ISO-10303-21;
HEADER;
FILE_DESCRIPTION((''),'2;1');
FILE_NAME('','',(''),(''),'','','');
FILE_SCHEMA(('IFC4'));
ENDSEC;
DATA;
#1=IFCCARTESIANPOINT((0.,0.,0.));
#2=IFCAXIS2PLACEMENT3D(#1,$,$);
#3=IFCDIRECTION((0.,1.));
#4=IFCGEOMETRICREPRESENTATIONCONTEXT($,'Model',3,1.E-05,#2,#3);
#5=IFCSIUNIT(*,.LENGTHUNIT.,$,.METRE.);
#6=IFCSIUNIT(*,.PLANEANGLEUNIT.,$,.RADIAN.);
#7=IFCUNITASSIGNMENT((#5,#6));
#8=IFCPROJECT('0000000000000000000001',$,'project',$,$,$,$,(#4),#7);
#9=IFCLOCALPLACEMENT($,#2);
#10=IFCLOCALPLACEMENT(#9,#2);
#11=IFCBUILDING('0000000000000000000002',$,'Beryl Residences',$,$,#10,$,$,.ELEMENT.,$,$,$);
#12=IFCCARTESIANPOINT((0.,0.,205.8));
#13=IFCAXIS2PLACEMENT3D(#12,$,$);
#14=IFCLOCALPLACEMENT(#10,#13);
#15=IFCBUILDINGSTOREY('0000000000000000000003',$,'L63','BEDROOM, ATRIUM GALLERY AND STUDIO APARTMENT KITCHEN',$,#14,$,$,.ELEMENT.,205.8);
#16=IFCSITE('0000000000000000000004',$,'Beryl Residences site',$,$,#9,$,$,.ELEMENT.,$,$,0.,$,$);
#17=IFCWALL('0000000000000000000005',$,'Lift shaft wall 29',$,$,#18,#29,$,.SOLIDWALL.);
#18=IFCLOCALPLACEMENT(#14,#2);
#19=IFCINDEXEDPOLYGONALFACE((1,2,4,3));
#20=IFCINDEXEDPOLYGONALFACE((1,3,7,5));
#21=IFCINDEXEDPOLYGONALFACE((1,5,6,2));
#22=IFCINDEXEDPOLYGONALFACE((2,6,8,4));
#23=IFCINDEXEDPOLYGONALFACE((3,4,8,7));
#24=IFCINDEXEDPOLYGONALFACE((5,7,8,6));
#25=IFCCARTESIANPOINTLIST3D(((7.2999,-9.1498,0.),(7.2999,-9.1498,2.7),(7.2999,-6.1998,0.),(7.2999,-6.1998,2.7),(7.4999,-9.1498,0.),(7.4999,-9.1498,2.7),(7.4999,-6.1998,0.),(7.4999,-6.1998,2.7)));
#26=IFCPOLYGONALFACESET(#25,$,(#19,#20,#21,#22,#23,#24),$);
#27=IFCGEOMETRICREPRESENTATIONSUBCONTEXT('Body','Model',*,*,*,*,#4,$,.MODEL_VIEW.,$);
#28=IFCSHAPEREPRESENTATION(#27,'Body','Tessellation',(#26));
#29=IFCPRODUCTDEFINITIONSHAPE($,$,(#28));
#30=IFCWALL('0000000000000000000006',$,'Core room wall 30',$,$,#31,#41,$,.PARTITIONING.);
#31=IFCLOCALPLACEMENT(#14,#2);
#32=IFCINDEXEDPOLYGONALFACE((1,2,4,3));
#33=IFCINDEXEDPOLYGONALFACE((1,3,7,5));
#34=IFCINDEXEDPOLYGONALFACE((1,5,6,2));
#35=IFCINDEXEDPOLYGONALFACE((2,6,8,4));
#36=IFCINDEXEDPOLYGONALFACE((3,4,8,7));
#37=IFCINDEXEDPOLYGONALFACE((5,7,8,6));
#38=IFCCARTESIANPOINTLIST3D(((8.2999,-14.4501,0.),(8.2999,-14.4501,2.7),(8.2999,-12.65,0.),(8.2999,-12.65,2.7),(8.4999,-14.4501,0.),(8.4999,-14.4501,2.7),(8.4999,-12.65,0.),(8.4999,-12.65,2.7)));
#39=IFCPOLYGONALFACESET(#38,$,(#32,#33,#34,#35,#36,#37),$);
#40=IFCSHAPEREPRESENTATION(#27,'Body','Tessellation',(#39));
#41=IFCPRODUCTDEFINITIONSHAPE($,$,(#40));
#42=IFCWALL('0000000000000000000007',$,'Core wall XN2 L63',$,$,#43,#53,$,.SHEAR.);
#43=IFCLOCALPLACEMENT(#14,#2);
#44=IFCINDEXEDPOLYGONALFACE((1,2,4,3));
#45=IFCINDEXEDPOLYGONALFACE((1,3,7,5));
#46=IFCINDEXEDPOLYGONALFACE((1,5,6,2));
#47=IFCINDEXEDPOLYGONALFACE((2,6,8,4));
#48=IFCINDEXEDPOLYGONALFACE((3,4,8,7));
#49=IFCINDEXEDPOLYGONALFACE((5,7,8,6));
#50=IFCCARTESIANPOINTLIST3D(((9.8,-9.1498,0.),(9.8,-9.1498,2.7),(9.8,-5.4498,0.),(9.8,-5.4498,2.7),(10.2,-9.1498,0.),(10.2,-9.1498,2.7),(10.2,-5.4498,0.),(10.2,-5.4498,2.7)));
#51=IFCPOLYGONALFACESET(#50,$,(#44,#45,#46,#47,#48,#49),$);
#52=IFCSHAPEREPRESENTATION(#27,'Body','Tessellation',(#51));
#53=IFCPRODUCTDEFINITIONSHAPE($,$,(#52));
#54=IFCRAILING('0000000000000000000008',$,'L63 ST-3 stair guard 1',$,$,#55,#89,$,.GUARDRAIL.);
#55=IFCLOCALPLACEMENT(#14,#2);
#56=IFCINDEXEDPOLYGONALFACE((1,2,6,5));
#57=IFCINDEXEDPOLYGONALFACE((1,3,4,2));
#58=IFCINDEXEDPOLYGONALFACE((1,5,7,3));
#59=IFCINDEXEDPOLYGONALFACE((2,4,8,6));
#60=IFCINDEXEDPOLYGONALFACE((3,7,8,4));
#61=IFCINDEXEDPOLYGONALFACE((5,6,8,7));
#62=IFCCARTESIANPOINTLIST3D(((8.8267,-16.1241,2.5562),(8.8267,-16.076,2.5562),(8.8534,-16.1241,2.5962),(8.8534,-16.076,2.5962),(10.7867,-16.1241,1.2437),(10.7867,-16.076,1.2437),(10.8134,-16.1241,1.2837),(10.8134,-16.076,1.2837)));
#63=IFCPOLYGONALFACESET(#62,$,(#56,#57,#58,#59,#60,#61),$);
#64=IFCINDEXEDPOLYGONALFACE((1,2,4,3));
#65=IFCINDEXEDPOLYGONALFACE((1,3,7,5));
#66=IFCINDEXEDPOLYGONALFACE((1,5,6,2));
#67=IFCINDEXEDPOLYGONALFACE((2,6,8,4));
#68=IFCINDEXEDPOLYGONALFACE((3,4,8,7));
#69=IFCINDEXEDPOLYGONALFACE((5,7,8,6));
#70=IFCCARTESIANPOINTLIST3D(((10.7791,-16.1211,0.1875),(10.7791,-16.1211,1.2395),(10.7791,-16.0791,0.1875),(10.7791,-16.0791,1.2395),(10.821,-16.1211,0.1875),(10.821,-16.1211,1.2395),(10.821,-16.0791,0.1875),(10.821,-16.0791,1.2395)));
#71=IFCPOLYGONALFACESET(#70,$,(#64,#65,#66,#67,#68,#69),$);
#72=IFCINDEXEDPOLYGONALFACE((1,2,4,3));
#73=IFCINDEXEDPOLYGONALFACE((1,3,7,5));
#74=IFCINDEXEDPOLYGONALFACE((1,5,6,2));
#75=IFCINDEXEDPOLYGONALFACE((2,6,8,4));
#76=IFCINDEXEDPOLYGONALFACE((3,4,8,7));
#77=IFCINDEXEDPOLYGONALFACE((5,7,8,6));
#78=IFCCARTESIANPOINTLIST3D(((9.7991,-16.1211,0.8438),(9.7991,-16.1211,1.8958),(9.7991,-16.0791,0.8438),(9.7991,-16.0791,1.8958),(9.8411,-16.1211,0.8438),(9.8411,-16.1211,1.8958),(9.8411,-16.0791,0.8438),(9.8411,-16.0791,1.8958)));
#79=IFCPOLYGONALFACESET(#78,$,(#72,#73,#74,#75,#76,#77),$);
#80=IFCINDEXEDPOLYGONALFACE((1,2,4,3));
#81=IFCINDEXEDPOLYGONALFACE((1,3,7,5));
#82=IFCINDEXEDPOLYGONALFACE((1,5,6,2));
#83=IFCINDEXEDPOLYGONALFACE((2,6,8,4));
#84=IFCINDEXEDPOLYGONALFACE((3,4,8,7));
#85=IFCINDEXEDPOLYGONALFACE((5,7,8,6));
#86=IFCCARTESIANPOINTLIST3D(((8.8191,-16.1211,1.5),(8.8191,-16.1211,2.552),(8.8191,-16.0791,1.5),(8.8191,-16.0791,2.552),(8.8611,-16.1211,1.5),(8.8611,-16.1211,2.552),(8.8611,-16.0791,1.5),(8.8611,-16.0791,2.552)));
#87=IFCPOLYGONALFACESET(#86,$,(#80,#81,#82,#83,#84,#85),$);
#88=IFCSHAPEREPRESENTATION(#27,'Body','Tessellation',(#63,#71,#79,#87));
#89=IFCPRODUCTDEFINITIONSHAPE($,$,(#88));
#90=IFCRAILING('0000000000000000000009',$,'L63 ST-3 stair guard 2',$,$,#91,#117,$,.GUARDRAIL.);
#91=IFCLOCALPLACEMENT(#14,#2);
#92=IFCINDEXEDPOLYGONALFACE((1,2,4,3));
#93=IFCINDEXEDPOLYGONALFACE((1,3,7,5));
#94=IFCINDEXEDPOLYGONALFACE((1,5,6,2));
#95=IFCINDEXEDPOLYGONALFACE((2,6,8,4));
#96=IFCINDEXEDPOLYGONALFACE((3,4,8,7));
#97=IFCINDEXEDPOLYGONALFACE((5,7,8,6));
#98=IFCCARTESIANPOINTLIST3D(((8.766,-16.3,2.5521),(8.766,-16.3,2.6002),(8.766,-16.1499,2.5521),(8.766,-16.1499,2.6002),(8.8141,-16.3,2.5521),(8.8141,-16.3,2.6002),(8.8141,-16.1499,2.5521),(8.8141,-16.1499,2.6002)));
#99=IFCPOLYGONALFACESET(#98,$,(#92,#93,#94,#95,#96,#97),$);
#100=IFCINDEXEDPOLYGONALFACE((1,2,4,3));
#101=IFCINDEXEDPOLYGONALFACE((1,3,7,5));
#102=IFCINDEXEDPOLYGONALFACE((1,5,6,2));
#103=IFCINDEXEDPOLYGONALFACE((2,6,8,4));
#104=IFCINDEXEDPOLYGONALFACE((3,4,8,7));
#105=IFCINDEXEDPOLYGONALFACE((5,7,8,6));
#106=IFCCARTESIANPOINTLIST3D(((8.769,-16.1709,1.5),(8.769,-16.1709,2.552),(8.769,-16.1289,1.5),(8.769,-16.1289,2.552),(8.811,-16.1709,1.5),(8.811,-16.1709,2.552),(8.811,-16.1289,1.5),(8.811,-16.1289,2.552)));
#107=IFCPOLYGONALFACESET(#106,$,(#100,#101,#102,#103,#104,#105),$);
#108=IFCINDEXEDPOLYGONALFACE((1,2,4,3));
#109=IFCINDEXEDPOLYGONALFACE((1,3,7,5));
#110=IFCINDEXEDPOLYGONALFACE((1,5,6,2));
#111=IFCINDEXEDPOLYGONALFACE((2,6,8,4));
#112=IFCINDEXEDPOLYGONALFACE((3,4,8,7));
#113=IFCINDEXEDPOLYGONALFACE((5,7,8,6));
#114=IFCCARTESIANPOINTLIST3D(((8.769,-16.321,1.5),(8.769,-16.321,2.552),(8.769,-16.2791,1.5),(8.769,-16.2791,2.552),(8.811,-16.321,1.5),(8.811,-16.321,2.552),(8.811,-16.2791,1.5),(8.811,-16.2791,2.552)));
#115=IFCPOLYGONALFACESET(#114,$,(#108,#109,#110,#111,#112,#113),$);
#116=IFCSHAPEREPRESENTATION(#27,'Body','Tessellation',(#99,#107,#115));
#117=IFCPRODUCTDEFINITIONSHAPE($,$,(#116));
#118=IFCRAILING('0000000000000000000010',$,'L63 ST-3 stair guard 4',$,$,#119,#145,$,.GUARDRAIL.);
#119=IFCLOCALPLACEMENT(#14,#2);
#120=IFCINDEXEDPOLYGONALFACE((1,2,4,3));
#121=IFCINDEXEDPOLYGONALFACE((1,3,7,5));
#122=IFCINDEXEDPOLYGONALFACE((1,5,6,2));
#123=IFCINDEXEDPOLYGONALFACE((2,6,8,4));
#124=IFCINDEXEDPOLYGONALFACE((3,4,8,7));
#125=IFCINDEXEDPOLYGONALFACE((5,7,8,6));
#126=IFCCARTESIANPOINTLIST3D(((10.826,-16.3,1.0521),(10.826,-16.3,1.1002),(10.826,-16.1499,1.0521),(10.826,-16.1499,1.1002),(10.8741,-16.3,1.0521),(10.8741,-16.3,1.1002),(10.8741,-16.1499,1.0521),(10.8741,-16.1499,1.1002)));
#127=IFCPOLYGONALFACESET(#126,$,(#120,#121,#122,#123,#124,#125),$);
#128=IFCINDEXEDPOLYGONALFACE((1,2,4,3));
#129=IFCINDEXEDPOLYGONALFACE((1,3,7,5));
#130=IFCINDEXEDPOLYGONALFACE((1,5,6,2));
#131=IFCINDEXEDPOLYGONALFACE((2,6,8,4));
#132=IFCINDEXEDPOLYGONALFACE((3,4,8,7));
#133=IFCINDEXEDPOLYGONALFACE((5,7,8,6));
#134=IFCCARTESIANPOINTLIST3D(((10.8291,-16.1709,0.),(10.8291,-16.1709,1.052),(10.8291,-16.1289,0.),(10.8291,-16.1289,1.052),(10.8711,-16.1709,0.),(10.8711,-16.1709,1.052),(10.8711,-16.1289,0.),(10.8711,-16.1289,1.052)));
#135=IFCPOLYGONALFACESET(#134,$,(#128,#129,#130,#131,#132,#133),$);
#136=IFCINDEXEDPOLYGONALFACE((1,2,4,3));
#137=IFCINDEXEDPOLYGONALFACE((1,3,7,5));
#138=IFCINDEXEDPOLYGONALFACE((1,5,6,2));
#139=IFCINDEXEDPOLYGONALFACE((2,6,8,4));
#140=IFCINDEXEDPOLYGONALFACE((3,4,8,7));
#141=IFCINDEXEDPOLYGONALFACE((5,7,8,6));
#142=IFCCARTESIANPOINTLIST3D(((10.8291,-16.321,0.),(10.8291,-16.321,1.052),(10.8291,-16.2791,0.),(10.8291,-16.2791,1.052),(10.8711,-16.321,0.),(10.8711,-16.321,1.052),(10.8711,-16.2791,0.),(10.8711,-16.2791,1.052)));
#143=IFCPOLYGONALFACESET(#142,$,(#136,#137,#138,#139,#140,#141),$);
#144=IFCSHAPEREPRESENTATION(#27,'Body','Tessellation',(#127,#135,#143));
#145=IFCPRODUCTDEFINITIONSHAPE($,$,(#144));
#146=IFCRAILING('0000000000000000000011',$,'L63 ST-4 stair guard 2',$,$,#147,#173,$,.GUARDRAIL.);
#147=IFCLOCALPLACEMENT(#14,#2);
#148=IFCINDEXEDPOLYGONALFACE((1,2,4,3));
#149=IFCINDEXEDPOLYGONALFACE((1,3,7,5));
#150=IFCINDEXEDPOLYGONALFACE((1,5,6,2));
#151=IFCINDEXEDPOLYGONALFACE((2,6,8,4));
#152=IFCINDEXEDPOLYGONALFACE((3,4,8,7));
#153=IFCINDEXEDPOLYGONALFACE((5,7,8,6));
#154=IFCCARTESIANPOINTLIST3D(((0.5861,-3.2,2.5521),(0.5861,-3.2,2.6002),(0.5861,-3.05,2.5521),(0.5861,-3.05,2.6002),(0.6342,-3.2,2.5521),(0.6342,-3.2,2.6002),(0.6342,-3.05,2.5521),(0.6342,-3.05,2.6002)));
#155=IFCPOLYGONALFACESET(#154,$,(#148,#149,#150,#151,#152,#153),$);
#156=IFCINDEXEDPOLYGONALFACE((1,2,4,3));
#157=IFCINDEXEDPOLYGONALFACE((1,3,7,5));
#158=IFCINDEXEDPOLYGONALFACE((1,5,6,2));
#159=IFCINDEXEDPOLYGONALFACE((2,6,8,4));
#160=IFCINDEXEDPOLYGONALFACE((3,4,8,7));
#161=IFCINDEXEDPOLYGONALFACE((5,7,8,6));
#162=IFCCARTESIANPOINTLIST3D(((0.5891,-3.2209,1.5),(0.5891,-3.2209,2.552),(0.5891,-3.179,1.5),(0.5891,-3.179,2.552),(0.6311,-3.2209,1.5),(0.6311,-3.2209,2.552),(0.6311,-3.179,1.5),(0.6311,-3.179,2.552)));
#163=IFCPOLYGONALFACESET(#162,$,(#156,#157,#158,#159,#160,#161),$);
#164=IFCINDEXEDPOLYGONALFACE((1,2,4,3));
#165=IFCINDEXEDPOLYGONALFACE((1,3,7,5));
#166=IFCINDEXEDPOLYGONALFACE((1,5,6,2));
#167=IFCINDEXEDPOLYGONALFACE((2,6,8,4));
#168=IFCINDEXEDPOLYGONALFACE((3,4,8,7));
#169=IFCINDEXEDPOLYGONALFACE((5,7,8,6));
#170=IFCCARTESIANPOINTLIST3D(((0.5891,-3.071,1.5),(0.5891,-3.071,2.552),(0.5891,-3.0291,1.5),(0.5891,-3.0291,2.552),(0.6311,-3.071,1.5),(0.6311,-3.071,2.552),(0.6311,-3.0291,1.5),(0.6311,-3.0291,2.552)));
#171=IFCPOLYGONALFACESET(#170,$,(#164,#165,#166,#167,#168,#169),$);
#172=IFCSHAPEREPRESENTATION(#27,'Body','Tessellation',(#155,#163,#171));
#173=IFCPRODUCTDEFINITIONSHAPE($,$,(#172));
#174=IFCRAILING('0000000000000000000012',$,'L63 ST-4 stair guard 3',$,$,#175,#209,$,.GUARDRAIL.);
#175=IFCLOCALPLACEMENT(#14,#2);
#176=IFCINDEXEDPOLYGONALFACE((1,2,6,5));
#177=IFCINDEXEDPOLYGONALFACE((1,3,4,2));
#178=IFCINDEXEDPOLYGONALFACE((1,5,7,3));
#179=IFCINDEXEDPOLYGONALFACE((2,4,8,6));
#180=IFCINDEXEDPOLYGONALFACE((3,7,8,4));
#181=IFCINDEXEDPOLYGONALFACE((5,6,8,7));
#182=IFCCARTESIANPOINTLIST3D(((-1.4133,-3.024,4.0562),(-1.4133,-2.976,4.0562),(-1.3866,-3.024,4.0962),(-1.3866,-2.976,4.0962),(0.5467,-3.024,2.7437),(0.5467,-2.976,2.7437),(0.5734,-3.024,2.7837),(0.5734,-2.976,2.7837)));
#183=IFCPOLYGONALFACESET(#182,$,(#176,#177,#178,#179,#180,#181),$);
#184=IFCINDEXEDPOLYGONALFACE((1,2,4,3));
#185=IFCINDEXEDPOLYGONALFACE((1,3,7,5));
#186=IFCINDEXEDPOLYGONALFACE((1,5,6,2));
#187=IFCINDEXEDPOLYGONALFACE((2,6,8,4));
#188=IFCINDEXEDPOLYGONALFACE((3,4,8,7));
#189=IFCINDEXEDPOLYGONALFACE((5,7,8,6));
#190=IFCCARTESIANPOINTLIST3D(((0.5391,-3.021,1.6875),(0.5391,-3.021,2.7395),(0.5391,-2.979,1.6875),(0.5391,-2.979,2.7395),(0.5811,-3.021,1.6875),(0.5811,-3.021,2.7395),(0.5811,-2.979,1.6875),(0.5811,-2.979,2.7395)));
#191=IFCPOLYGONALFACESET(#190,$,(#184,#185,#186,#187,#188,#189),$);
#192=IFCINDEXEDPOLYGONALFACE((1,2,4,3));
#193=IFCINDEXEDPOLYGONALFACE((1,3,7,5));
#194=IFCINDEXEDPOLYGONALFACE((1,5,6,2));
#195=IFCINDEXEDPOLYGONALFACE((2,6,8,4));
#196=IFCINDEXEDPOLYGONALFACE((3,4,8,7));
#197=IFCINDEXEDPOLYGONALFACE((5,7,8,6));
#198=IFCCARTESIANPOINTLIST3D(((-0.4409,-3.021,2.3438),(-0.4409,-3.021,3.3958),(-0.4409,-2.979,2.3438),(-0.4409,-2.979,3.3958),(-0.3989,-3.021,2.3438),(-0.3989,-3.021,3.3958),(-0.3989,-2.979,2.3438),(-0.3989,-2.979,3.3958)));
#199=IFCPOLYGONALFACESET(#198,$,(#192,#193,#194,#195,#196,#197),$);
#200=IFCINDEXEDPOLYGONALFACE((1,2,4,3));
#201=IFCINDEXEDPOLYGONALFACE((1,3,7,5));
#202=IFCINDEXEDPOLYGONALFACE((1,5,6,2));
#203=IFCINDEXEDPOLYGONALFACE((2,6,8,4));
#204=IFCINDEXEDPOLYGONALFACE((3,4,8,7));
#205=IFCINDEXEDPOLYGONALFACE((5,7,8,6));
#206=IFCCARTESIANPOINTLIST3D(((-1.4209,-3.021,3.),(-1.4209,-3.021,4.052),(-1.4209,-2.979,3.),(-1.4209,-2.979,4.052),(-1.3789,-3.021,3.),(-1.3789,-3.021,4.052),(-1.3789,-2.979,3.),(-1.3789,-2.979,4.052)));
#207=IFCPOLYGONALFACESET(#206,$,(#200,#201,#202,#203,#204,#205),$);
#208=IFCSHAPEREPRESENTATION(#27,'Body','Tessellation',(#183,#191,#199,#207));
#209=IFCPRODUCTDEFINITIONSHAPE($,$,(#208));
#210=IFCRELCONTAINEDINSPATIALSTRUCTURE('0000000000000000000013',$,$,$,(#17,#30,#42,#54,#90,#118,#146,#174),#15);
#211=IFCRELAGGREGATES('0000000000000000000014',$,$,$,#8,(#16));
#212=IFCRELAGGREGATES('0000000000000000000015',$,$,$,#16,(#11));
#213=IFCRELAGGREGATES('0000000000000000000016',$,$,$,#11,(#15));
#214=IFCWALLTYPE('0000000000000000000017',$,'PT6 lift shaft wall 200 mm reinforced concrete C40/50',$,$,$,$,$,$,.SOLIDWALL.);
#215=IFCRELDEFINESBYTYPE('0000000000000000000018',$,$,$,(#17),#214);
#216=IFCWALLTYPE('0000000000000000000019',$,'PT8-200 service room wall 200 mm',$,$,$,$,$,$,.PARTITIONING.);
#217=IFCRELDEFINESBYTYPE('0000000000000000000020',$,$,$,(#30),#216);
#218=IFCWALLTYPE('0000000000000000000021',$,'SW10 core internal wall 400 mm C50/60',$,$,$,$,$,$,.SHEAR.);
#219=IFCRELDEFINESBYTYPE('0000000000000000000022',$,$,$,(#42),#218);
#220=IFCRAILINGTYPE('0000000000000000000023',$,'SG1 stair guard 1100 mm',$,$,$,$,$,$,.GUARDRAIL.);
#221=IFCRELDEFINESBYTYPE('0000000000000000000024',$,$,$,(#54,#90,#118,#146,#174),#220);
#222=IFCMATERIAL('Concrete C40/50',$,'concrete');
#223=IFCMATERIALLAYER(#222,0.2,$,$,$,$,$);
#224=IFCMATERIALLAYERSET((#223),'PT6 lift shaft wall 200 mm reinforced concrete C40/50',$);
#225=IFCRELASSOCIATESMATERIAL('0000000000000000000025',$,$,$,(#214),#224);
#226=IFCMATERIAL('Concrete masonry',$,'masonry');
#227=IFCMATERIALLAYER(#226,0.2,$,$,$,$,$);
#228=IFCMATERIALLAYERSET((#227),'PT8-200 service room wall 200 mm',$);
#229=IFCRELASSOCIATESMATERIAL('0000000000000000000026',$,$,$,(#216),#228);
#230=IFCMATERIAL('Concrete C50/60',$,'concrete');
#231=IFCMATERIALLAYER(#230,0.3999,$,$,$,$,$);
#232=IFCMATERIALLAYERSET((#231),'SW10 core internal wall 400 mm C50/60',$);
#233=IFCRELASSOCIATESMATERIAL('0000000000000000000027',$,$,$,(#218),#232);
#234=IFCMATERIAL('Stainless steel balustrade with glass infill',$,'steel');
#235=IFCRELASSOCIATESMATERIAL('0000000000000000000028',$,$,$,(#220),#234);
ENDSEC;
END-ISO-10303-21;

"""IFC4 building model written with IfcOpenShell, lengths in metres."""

from ifc_helpers import new_model, si_unit, direction, frame, frame_2d, origin, origin_2d, place, context, subcontext, project, spatial, rectangle, extrude, material, layer, layer_set, type_object, element, save


model = new_model("IFC4")

# Units and contexts
model_context = context("Model", 3, precision=1e-05, world=origin(), true_north=direction((0.0, 1.0)))
body_context = subcontext(model_context, "Body", "Model", "MODEL_VIEW")
ifc_project = project(units=[si_unit("LENGTHUNIT", "METRE"), si_unit("PLANEANGLEUNIT", "RADIAN")], contexts=[model_context])

# Site, building, storey
site_placement = place(None, origin())
site = spatial("IfcSite", under=ifc_project, at=site_placement, Name="Beryl Residences site", CompositionType="ELEMENT", RefElevation=0.0)
building_placement = place(site_placement, origin())
building = spatial("IfcBuilding", under=site, at=building_placement, Name="Beryl Residences", CompositionType="ELEMENT")
storey_placement = place(building_placement, frame((0.0, 0.0, 205.8)))
storey = spatial("IfcBuildingStorey", under=building, at=storey_placement, Name="L63", Description="BEDROOM, ATRIUM GALLERY AND STUDIO APARTMENT KITCHEN", CompositionType="ELEMENT", Elevation=205.8)

# Walls
ifc_material_1 = material(Name="Concrete C40/50", Category="concrete")
ifc_layer_1 = layer(ifc_material_1, 0.2)
ifc_layer_set_1 = layer_set([ifc_layer_1], Name="PT6 lift shaft wall 200 mm reinforced concrete C40/50")
wall_type_1 = type_object("IfcWallType", Name="PT6 lift shaft wall 200 mm reinforced concrete C40/50", PredefinedType="SOLIDWALL", material=ifc_layer_set_1)
for number, where, z_axis, x_axis, name in (
    (1, (7.3999, -9.1499, 0.0), (0.0, 0.0, 1.0), (0.0, 1.0, 0.0), "Lift shaft wall 29"),
):
    element("IfcWall", number, at=place(storey_placement, frame(where, z_axis=z_axis, x_axis=x_axis)), inside=storey, type_object=wall_type_1, Name=name, PredefinedType="SOLIDWALL", context=body_context, shape_type="SweptSolid", body=[
        extrude(rectangle(XDim=2.95, YDim=0.2, at=frame_2d((1.4751, 0.0))), origin(), (0.0, 0.0, 1.0), 2.7),
    ])
ifc_material_2 = material(Name="Concrete masonry", Category="masonry")
ifc_layer_2 = layer(ifc_material_2, 0.2)
ifc_layer_set_2 = layer_set([ifc_layer_2], Name="PT8-200 service room wall 200 mm")
wall_type_2 = type_object("IfcWallType", Name="PT8-200 service room wall 200 mm", PredefinedType="PARTITIONING", material=ifc_layer_set_2)
wall_1_placement = place(storey_placement, frame((8.3999, -14.45, 0.0), z_axis=(0.0, 0.0, 1.0), x_axis=(0.0, 1.0, 0.0)))
element("IfcWall", 2, at=wall_1_placement, inside=storey, type_object=wall_type_2, Name="Core room wall 30", PredefinedType="PARTITIONING", context=body_context, shape_type="SweptSolid", body=[
    extrude(rectangle(XDim=1.8, YDim=0.2, at=frame_2d((0.8999, 0.0))), origin(), (0.0, 0.0, 1.0), 2.7),
])
ifc_material_3 = material(Name="Concrete C50/60", Category="concrete")
ifc_layer_3 = layer(ifc_material_3, 0.3999)
ifc_layer_set_3 = layer_set([ifc_layer_3], Name="SW10 core internal wall 400 mm C50/60")
wall_type_3 = type_object("IfcWallType", Name="SW10 core internal wall 400 mm C50/60", PredefinedType="SHEAR", material=ifc_layer_set_3)
wall_2_placement = place(storey_placement, frame((10.0, -9.1499, 0.0), z_axis=(0.0, 0.0, 1.0), x_axis=(0.0, 1.0, 0.0)))
element("IfcWall", 3, at=wall_2_placement, inside=storey, type_object=wall_type_3, Name="Core wall XN2 L63", PredefinedType="SHEAR", context=body_context, shape_type="SweptSolid", body=[
    extrude(rectangle(XDim=3.7, YDim=0.3999, at=frame_2d((1.8501, 0.0))), origin(), (0.0, 0.0, 1.0), 2.7),
])

# Railings
ifc_material_4 = material(Name="Stainless steel balustrade with glass infill", Category="steel")
railing_type_1 = type_object("IfcRailingType", Name="SG1 stair guard 1100 mm", PredefinedType="GUARDRAIL", material=ifc_material_4)
railing_1_placement = place(storey_placement, frame((10.8, -16.1001, 0.1875)))
element("IfcRailing", 4, at=railing_1_placement, inside=storey, type_object=railing_type_1, Name="L63 ST-3 stair guard 1", PredefinedType="GUARDRAIL", context=body_context, shape_type="SweptSolid", body=[
    extrude(rectangle(XDim=0.0481, YDim=0.0481, at=origin_2d()), frame((0.0, 0.0, 1.0762), z_axis=(-0.830902, 0.0, 0.556419), x_axis=(0.0, -1.0, 0.0)), (0.0, 0.0, 1.0), 2.3589),
    extrude(rectangle(XDim=0.042, YDim=0.042, at=origin_2d()), origin(), (0.0, 0.0, 1.0), 1.052),
    extrude(rectangle(XDim=0.042, YDim=0.042, at=origin_2d()), frame((-0.98, 0.0, 0.6562)), (0.0, 0.0, 1.0), 1.052),
    extrude(rectangle(XDim=0.042, YDim=0.042, at=origin_2d()), frame((-1.96, 0.0, 1.3125)), (0.0, 0.0, 1.0), 1.052),
])
for number, where, name in (
    (5, (8.79, -16.1499, 1.5), "L63 ST-3 stair guard 2"),
    (6, (10.8501, -16.1499, 0.0), "L63 ST-3 stair guard 4"),
):
    element("IfcRailing", number, at=place(storey_placement, frame(where)), inside=storey, type_object=railing_type_1, Name=name, PredefinedType="GUARDRAIL", context=body_context, shape_type="SweptSolid", body=[
        extrude(rectangle(XDim=0.0481, YDim=0.0481, at=origin_2d()), frame((0.0, 0.0, 1.0762), z_axis=(0.0, -1.0, 0.0), x_axis=(1.0, 0.0, 0.0)), (0.0, 0.0, 1.0), 0.1501),
        extrude(rectangle(XDim=0.042, YDim=0.042, at=origin_2d()), origin(), (0.0, 0.0, 1.0), 1.052),
        extrude(rectangle(XDim=0.042, YDim=0.042, at=origin_2d()), frame((0.0, -0.1501, 0.0)), (0.0, 0.0, 1.0), 1.052),
    ])
railing_2_placement = place(storey_placement, frame((0.6101, -3.2, 1.5)))
element("IfcRailing", 7, at=railing_2_placement, inside=storey, type_object=railing_type_1, Name="L63 ST-4 stair guard 2", PredefinedType="GUARDRAIL", context=body_context, shape_type="SweptSolid", body=[
    extrude(rectangle(XDim=0.0481, YDim=0.0481, at=origin_2d()), frame((0.0, 0.0, 1.0762), z_axis=(0.0, 1.0, 0.0), x_axis=(-1.0, 0.0, 0.0)), (0.0, 0.0, 1.0), 0.1499),
    extrude(rectangle(XDim=0.042, YDim=0.042, at=origin_2d()), origin(), (0.0, 0.0, 1.0), 1.052),
    extrude(rectangle(XDim=0.042, YDim=0.042, at=origin_2d()), frame((0.0, 0.1499, 0.0)), (0.0, 0.0, 1.0), 1.052),
])
railing_3_placement = place(storey_placement, frame((0.5601, -3.0, 1.6875)))
element("IfcRailing", 8, at=railing_3_placement, inside=storey, type_object=railing_type_1, Name="L63 ST-4 stair guard 3", PredefinedType="GUARDRAIL", context=body_context, shape_type="SweptSolid", body=[
    extrude(rectangle(XDim=0.0481, YDim=0.0481, at=origin_2d()), frame((0.0, 0.0, 1.0762), z_axis=(-0.830902, 0.0, 0.556419), x_axis=(0.0, -1.0, 0.0)), (0.0, 0.0, 1.0), 2.3589),
    extrude(rectangle(XDim=0.042, YDim=0.042, at=origin_2d()), origin(), (0.0, 0.0, 1.0), 1.052),
    extrude(rectangle(XDim=0.042, YDim=0.042, at=origin_2d()), frame((-0.98, 0.0, 0.6562)), (0.0, 0.0, 1.0), 1.052),
    extrude(rectangle(XDim=0.042, YDim=0.042, at=origin_2d()), frame((-1.96, 0.0, 1.3125)), (0.0, 0.0, 1.0), 1.052),
])

save(model, "model.ifc")
